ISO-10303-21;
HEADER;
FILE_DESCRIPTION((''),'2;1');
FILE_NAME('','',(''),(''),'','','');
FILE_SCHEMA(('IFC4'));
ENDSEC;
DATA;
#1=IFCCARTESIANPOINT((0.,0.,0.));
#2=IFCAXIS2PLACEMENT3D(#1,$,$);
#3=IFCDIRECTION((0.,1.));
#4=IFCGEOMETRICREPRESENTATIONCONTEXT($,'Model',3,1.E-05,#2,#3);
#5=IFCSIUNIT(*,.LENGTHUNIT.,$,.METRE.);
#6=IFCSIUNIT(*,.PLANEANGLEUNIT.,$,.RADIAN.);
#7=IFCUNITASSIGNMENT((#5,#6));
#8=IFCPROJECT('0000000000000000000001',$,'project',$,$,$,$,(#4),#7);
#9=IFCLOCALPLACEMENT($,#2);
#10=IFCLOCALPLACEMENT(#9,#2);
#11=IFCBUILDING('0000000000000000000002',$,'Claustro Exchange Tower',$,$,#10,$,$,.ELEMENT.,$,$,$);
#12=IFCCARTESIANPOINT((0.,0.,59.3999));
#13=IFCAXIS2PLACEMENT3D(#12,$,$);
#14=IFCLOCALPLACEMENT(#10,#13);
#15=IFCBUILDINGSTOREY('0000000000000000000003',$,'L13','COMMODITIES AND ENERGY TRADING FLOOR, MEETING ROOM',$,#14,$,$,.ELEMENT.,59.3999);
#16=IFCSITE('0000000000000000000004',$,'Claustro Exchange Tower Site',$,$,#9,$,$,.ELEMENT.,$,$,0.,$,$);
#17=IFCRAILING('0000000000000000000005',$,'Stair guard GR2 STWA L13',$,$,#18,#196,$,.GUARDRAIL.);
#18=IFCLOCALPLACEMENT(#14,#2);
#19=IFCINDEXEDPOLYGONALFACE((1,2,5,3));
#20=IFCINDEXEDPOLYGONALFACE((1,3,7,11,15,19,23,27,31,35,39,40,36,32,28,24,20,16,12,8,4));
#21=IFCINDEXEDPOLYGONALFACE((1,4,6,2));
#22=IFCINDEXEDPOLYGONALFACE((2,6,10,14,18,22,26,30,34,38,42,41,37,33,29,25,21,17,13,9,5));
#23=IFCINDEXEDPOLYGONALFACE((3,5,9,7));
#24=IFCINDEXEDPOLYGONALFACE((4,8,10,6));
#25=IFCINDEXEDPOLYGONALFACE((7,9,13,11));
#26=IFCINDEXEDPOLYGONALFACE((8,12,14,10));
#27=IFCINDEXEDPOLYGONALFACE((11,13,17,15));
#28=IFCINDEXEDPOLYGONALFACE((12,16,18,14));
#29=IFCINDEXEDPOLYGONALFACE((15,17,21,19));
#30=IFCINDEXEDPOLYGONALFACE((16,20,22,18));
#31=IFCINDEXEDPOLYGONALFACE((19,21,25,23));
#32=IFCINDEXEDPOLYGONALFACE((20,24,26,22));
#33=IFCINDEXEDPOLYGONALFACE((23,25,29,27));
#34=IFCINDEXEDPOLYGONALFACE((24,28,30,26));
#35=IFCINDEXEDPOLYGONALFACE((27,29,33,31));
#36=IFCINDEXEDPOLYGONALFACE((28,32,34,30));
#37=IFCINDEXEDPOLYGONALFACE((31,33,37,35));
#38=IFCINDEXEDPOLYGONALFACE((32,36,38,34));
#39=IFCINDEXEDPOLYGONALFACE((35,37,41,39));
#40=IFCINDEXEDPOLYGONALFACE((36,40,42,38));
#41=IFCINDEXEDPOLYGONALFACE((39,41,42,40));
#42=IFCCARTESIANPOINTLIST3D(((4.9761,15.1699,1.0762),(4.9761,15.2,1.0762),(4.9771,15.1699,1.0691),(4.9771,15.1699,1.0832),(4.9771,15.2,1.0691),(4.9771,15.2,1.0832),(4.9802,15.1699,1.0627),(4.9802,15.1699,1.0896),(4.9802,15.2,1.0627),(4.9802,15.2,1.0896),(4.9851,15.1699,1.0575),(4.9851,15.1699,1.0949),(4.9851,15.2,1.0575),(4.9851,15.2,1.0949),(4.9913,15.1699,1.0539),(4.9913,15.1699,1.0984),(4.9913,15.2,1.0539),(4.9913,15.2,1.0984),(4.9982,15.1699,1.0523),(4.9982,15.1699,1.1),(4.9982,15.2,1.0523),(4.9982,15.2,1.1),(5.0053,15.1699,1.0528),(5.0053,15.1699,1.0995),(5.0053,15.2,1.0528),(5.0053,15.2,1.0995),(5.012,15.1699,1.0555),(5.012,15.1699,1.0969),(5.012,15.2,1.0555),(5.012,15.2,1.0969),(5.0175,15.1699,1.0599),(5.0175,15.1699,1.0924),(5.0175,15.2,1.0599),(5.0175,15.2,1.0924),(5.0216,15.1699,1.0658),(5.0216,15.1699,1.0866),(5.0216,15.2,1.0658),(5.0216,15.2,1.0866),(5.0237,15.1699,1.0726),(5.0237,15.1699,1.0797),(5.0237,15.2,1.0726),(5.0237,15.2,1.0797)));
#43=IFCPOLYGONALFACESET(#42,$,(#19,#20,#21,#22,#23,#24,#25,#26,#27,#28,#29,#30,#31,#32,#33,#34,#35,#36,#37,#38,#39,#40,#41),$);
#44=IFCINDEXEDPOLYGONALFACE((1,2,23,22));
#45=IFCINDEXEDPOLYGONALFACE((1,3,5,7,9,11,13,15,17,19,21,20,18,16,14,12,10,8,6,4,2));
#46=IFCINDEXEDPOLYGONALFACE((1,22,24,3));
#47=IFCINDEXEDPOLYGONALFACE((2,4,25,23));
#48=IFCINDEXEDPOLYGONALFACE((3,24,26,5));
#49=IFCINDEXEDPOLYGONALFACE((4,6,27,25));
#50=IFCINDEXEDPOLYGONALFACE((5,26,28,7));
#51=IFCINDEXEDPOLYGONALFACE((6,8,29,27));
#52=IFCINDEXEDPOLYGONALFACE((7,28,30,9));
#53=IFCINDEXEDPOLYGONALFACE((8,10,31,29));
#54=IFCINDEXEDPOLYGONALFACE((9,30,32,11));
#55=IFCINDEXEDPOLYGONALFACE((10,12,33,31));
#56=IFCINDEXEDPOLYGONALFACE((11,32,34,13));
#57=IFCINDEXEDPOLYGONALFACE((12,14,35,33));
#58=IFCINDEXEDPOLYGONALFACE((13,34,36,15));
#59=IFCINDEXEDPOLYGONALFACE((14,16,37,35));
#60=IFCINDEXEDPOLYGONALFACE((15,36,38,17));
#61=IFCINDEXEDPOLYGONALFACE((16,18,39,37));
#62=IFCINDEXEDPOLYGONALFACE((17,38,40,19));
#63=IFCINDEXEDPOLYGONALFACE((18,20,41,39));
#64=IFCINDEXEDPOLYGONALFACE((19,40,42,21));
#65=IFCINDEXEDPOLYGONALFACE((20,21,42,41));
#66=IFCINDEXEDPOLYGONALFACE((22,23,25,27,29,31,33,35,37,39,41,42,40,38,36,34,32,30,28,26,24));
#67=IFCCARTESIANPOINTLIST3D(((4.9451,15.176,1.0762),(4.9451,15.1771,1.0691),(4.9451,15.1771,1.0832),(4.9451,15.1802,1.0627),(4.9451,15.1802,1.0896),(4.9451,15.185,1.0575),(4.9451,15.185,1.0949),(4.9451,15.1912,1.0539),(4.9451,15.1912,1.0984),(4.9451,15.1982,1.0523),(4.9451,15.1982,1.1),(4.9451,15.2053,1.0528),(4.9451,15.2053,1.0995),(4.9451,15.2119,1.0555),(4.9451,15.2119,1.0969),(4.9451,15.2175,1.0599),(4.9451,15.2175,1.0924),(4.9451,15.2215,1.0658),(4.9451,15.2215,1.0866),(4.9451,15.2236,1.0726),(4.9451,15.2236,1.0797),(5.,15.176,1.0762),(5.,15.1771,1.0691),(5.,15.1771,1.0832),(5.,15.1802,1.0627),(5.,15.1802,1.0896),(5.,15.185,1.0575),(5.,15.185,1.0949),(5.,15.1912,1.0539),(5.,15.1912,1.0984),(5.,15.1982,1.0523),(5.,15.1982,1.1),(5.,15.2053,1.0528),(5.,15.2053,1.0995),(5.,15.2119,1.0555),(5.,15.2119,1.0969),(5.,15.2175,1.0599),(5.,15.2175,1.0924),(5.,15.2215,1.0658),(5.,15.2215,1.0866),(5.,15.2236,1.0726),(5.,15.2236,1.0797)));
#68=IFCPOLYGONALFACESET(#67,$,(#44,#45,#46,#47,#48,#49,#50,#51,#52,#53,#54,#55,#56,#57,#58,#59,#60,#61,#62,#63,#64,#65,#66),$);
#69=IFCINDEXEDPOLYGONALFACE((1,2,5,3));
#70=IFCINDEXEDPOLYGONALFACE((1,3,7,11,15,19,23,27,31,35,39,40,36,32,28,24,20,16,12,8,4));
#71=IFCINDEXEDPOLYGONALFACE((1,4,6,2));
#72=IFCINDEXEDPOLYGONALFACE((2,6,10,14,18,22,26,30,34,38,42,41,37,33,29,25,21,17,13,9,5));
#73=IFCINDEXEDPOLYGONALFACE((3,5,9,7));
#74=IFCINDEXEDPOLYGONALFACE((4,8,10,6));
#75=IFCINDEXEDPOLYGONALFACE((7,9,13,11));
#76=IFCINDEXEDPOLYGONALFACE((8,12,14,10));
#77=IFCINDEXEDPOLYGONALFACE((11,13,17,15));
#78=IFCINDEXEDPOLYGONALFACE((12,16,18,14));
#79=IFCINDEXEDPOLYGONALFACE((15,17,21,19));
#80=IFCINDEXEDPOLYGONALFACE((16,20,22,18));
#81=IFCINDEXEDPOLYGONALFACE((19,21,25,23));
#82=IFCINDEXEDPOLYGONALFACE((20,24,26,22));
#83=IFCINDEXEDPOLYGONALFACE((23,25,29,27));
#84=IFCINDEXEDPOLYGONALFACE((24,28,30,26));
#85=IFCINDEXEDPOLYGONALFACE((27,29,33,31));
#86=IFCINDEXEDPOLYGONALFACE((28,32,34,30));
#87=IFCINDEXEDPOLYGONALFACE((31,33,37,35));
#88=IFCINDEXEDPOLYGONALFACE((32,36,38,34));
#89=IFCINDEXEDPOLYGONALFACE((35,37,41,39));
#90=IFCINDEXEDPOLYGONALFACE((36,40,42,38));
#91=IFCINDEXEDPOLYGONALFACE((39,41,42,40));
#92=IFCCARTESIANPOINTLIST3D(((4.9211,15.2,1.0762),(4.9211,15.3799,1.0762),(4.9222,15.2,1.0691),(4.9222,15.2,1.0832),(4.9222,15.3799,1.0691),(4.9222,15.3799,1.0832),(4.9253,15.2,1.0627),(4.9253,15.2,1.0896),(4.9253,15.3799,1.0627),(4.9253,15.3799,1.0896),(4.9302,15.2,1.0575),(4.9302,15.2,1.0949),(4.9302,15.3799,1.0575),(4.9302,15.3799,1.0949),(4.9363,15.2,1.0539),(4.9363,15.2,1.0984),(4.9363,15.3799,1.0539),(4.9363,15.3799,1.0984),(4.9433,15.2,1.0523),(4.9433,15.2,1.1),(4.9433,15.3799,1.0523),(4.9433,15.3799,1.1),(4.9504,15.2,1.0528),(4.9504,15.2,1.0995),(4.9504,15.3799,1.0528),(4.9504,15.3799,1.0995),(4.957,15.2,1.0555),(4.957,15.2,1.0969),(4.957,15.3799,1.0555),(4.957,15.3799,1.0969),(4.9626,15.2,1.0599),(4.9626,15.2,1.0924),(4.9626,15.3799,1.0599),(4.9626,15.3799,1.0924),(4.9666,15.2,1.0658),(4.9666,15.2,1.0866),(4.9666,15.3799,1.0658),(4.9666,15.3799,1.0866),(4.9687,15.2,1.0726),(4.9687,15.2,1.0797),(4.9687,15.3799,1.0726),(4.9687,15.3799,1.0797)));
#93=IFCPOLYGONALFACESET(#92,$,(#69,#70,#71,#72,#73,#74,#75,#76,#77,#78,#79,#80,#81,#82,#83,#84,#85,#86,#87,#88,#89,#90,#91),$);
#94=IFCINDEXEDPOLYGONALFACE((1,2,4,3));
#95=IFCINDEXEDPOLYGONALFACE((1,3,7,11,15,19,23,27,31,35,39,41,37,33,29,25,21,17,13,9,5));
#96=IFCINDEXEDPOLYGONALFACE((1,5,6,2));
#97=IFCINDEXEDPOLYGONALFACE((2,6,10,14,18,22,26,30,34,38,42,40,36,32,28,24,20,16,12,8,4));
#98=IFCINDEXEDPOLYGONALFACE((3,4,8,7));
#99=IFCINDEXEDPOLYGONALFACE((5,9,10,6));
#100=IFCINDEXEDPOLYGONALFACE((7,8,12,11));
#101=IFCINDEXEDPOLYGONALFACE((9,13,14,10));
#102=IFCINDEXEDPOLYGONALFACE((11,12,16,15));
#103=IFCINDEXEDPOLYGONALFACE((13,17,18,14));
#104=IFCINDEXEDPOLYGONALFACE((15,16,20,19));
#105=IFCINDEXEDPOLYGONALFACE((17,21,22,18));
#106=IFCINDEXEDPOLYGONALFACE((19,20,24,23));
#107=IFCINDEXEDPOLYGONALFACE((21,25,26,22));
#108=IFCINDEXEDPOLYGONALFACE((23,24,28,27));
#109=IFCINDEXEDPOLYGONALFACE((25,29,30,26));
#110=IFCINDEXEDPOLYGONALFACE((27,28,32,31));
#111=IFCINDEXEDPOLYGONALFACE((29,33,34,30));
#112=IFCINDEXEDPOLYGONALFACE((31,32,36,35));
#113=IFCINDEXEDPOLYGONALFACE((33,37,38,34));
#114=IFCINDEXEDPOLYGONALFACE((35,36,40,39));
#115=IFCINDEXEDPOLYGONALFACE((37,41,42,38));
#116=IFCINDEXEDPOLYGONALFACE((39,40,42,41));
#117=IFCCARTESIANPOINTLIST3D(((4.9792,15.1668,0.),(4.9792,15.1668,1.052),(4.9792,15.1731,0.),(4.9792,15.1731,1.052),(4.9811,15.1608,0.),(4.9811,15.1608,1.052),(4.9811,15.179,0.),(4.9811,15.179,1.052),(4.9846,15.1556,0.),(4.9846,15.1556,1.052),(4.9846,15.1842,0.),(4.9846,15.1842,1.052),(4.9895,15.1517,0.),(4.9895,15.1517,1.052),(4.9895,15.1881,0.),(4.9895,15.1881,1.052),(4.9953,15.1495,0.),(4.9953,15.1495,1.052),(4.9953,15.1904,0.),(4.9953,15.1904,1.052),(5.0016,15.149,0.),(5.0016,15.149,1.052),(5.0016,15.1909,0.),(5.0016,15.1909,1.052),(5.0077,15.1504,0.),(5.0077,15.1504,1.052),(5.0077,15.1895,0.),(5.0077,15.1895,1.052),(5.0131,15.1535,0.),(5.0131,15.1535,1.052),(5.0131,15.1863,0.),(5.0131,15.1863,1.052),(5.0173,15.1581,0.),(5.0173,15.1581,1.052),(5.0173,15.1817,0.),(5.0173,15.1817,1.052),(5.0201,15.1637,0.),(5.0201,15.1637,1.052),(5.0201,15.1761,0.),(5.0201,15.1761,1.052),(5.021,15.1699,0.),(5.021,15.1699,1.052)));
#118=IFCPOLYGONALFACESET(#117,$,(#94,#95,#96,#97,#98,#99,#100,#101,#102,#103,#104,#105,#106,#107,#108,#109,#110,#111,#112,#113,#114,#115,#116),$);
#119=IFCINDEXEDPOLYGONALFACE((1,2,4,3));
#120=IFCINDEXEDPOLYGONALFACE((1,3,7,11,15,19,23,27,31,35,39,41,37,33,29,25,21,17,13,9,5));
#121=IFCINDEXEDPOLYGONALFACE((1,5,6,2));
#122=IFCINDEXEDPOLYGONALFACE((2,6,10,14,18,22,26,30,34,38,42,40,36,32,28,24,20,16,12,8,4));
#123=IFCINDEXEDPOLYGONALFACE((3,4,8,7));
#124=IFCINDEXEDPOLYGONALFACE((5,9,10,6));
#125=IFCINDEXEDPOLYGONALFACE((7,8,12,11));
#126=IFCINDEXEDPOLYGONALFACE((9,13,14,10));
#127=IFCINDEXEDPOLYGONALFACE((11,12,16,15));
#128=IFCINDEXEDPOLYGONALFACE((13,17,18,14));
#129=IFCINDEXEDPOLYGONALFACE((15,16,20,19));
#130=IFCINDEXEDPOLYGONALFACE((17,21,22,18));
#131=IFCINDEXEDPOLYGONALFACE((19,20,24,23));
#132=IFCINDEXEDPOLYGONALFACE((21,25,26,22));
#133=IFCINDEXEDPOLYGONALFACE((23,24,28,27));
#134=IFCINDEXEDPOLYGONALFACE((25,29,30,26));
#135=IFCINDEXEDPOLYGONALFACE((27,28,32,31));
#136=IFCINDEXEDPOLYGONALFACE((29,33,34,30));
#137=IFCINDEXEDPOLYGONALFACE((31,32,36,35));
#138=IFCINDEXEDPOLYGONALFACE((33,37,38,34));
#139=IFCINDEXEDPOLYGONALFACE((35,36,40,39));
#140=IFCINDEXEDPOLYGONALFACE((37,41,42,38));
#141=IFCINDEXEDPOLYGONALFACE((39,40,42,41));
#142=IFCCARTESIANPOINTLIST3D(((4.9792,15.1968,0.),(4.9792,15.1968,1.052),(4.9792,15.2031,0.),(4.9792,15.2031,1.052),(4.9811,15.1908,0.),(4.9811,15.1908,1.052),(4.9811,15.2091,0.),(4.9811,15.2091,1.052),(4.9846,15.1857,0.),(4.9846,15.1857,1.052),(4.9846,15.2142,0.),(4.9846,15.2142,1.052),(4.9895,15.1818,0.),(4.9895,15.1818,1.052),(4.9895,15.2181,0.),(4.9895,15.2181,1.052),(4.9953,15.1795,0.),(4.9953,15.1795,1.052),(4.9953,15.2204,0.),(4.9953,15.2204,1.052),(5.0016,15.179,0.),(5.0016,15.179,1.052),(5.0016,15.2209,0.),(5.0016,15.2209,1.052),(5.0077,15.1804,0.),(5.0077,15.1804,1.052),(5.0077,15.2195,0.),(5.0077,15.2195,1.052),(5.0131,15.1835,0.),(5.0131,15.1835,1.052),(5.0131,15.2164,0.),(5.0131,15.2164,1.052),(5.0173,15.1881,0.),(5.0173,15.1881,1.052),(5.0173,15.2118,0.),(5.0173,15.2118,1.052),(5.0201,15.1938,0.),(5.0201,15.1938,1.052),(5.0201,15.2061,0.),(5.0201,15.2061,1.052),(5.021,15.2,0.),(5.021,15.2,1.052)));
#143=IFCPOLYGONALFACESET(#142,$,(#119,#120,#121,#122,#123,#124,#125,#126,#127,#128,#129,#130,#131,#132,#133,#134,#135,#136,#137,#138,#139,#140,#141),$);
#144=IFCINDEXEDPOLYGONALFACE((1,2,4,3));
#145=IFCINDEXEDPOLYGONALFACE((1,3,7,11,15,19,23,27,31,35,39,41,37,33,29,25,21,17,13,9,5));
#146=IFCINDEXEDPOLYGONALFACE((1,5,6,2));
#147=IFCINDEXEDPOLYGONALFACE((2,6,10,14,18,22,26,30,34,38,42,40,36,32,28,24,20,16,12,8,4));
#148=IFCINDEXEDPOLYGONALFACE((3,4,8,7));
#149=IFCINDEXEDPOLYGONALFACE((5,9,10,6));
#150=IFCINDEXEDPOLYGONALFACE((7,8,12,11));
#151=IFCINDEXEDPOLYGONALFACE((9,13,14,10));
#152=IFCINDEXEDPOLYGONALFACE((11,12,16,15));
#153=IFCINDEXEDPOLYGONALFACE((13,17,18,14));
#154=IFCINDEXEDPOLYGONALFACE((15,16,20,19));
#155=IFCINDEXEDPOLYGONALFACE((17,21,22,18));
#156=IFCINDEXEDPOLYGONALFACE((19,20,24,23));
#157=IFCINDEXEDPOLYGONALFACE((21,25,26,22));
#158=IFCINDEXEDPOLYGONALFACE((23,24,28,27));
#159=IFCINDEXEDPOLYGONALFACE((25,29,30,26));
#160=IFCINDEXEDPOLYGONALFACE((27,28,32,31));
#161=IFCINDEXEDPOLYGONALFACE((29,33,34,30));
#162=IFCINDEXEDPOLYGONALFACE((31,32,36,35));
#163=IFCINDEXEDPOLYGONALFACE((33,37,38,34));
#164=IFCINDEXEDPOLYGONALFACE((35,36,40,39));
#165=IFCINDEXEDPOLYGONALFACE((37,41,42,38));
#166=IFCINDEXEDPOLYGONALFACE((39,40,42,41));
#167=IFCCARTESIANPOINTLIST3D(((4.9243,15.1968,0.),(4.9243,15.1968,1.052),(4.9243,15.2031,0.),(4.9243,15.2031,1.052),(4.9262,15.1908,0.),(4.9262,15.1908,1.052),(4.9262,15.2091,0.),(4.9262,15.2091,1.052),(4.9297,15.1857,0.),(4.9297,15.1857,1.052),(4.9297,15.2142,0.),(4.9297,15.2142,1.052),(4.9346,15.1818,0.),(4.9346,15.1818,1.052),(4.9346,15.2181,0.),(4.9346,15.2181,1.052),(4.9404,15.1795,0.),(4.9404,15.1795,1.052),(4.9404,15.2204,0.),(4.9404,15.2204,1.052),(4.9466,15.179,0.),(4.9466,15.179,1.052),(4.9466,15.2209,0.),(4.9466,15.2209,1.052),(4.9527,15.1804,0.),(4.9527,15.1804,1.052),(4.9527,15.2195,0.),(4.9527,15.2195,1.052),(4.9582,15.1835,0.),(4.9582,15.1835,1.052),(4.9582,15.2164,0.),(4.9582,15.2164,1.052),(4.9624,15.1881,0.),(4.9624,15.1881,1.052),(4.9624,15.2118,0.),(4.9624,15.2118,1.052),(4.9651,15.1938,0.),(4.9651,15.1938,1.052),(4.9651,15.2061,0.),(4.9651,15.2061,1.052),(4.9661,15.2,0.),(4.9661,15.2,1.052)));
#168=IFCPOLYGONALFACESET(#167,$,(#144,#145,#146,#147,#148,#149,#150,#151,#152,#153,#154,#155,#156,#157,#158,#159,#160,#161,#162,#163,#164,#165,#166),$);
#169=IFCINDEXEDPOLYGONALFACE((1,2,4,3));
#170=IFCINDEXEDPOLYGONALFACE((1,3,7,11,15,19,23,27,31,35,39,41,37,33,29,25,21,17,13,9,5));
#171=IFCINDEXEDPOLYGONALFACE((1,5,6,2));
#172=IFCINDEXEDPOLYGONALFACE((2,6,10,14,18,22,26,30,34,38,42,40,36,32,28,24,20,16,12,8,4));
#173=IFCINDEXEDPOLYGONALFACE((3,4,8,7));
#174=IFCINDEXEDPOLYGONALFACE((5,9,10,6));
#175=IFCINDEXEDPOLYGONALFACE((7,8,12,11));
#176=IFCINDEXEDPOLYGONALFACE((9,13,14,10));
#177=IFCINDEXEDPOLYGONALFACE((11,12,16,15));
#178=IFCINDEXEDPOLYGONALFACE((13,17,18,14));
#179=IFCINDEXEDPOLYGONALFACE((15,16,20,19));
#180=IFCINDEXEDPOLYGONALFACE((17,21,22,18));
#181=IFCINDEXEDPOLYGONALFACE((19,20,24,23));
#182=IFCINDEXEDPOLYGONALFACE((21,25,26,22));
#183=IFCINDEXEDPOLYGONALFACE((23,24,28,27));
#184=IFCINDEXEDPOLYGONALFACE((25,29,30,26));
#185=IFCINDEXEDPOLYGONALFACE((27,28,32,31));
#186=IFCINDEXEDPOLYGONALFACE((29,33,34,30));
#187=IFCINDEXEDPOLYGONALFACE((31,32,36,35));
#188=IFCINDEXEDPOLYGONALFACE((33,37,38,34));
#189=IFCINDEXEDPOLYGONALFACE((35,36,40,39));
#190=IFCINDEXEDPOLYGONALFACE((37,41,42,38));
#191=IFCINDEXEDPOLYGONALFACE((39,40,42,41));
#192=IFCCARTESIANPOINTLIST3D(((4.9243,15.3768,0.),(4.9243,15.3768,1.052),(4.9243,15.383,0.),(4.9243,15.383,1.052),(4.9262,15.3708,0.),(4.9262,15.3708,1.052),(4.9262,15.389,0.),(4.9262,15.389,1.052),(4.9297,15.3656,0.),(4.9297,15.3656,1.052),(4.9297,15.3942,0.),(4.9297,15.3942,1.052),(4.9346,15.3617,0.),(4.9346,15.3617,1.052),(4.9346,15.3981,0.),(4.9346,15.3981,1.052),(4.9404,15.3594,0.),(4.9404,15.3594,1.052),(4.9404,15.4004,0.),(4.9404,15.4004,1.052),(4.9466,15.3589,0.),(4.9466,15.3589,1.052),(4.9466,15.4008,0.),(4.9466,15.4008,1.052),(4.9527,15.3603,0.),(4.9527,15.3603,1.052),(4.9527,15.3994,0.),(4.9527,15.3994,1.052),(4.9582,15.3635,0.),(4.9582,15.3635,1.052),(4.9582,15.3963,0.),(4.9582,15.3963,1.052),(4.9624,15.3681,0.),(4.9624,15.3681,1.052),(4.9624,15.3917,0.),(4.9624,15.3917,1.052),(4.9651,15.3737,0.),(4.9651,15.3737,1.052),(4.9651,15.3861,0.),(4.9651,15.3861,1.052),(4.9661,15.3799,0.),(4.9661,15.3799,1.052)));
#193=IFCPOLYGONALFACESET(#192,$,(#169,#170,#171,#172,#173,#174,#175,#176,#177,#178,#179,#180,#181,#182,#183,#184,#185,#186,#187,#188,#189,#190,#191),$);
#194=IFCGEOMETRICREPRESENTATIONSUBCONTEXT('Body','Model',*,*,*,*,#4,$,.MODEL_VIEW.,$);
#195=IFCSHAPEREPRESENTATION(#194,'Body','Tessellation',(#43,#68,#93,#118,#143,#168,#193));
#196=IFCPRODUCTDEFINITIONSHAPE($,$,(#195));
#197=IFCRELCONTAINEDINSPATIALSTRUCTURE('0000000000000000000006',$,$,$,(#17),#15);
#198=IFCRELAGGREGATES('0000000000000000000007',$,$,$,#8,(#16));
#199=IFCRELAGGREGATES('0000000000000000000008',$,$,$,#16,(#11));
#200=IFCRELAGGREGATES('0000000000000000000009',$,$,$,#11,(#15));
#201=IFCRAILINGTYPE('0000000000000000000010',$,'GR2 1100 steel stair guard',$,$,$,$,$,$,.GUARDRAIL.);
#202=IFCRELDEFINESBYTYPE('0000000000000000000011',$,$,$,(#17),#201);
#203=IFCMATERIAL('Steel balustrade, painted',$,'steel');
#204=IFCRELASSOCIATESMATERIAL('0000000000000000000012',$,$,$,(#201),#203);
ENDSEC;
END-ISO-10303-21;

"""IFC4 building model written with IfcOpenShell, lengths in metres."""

from ifc_helpers import new_model, si_unit, direction, frame, origin, origin_2d, place, context, subcontext, project, spatial, circle, extrude, material, type_object, element, save


model = new_model("IFC4")

# Units and contexts
model_context = context("Model", 3, precision=1e-05, world=origin(), true_north=direction((0.0, 1.0)))
body_context = subcontext(model_context, "Body", "Model", "MODEL_VIEW")
ifc_project = project(units=[si_unit("LENGTHUNIT", "METRE"), si_unit("PLANEANGLEUNIT", "RADIAN")], contexts=[model_context])

# Site, building, storey
site_placement = place(None, origin())
site = spatial("IfcSite", under=ifc_project, at=site_placement, Name="Claustro Exchange Tower Site", CompositionType="ELEMENT", RefElevation=0.0)
building_placement = place(site_placement, origin())
building = spatial("IfcBuilding", under=site, at=building_placement, Name="Claustro Exchange Tower", CompositionType="ELEMENT")
storey_placement = place(building_placement, frame((0.0, 0.0, 59.3999)))
storey = spatial("IfcBuildingStorey", under=building, at=storey_placement, Name="L13", Description="COMMODITIES AND ENERGY TRADING FLOOR, MEETING ROOM", CompositionType="ELEMENT", Elevation=59.3999)

# Railing
ifc_material_1 = material(Name="Steel balustrade, painted", Category="steel")
railing_type_1 = type_object("IfcRailingType", Name="GR2 1100 steel stair guard", PredefinedType="GUARDRAIL", material=ifc_material_1)
railing_1_placement = place(storey_placement, frame((5.0, 15.1699, 0.0)))
element("IfcRailing", 1, at=railing_1_placement, inside=storey, type_object=railing_type_1, Name="Stair guard GR2 STWA L13", PredefinedType="GUARDRAIL", context=body_context, shape_type="SweptSolid", body=[
    extrude(circle(Radius=0.0239, at=origin_2d()), frame((0.0, 0.0, 1.0762), z_axis=(0.0, 1.0, 0.0), x_axis=(-1.0, 0.0, 0.0)), (0.0, 0.0, 1.0), 0.03),
    extrude(circle(Radius=0.0239, at=origin_2d()), frame((0.0, 0.03, 1.0762), z_axis=(-1.0, 0.0, 0.0), x_axis=(0.0, -1.0, 0.0)), (0.0, 0.0, 1.0), 0.0549),
    extrude(circle(Radius=0.0239, at=origin_2d()), frame((-0.0549, 0.03, 1.0762), z_axis=(0.0, 1.0, 0.0), x_axis=(-1.0, 0.0, 0.0)), (0.0, 0.0, 1.0), 0.1799),
    extrude(circle(Radius=0.021, at=origin_2d()), origin(), (0.0, 0.0, 1.0), 1.052),
    extrude(circle(Radius=0.021, at=origin_2d()), frame((0.0, 0.03, 0.0)), (0.0, 0.0, 1.0), 1.052),
    extrude(circle(Radius=0.021, at=origin_2d()), frame((-0.0549, 0.03, 0.0)), (0.0, 0.0, 1.0), 1.052),
    extrude(circle(Radius=0.021, at=origin_2d()), frame((-0.0549, 0.21, 0.0)), (0.0, 0.0, 1.0), 1.052),
])

save(model, "model.ifc")
